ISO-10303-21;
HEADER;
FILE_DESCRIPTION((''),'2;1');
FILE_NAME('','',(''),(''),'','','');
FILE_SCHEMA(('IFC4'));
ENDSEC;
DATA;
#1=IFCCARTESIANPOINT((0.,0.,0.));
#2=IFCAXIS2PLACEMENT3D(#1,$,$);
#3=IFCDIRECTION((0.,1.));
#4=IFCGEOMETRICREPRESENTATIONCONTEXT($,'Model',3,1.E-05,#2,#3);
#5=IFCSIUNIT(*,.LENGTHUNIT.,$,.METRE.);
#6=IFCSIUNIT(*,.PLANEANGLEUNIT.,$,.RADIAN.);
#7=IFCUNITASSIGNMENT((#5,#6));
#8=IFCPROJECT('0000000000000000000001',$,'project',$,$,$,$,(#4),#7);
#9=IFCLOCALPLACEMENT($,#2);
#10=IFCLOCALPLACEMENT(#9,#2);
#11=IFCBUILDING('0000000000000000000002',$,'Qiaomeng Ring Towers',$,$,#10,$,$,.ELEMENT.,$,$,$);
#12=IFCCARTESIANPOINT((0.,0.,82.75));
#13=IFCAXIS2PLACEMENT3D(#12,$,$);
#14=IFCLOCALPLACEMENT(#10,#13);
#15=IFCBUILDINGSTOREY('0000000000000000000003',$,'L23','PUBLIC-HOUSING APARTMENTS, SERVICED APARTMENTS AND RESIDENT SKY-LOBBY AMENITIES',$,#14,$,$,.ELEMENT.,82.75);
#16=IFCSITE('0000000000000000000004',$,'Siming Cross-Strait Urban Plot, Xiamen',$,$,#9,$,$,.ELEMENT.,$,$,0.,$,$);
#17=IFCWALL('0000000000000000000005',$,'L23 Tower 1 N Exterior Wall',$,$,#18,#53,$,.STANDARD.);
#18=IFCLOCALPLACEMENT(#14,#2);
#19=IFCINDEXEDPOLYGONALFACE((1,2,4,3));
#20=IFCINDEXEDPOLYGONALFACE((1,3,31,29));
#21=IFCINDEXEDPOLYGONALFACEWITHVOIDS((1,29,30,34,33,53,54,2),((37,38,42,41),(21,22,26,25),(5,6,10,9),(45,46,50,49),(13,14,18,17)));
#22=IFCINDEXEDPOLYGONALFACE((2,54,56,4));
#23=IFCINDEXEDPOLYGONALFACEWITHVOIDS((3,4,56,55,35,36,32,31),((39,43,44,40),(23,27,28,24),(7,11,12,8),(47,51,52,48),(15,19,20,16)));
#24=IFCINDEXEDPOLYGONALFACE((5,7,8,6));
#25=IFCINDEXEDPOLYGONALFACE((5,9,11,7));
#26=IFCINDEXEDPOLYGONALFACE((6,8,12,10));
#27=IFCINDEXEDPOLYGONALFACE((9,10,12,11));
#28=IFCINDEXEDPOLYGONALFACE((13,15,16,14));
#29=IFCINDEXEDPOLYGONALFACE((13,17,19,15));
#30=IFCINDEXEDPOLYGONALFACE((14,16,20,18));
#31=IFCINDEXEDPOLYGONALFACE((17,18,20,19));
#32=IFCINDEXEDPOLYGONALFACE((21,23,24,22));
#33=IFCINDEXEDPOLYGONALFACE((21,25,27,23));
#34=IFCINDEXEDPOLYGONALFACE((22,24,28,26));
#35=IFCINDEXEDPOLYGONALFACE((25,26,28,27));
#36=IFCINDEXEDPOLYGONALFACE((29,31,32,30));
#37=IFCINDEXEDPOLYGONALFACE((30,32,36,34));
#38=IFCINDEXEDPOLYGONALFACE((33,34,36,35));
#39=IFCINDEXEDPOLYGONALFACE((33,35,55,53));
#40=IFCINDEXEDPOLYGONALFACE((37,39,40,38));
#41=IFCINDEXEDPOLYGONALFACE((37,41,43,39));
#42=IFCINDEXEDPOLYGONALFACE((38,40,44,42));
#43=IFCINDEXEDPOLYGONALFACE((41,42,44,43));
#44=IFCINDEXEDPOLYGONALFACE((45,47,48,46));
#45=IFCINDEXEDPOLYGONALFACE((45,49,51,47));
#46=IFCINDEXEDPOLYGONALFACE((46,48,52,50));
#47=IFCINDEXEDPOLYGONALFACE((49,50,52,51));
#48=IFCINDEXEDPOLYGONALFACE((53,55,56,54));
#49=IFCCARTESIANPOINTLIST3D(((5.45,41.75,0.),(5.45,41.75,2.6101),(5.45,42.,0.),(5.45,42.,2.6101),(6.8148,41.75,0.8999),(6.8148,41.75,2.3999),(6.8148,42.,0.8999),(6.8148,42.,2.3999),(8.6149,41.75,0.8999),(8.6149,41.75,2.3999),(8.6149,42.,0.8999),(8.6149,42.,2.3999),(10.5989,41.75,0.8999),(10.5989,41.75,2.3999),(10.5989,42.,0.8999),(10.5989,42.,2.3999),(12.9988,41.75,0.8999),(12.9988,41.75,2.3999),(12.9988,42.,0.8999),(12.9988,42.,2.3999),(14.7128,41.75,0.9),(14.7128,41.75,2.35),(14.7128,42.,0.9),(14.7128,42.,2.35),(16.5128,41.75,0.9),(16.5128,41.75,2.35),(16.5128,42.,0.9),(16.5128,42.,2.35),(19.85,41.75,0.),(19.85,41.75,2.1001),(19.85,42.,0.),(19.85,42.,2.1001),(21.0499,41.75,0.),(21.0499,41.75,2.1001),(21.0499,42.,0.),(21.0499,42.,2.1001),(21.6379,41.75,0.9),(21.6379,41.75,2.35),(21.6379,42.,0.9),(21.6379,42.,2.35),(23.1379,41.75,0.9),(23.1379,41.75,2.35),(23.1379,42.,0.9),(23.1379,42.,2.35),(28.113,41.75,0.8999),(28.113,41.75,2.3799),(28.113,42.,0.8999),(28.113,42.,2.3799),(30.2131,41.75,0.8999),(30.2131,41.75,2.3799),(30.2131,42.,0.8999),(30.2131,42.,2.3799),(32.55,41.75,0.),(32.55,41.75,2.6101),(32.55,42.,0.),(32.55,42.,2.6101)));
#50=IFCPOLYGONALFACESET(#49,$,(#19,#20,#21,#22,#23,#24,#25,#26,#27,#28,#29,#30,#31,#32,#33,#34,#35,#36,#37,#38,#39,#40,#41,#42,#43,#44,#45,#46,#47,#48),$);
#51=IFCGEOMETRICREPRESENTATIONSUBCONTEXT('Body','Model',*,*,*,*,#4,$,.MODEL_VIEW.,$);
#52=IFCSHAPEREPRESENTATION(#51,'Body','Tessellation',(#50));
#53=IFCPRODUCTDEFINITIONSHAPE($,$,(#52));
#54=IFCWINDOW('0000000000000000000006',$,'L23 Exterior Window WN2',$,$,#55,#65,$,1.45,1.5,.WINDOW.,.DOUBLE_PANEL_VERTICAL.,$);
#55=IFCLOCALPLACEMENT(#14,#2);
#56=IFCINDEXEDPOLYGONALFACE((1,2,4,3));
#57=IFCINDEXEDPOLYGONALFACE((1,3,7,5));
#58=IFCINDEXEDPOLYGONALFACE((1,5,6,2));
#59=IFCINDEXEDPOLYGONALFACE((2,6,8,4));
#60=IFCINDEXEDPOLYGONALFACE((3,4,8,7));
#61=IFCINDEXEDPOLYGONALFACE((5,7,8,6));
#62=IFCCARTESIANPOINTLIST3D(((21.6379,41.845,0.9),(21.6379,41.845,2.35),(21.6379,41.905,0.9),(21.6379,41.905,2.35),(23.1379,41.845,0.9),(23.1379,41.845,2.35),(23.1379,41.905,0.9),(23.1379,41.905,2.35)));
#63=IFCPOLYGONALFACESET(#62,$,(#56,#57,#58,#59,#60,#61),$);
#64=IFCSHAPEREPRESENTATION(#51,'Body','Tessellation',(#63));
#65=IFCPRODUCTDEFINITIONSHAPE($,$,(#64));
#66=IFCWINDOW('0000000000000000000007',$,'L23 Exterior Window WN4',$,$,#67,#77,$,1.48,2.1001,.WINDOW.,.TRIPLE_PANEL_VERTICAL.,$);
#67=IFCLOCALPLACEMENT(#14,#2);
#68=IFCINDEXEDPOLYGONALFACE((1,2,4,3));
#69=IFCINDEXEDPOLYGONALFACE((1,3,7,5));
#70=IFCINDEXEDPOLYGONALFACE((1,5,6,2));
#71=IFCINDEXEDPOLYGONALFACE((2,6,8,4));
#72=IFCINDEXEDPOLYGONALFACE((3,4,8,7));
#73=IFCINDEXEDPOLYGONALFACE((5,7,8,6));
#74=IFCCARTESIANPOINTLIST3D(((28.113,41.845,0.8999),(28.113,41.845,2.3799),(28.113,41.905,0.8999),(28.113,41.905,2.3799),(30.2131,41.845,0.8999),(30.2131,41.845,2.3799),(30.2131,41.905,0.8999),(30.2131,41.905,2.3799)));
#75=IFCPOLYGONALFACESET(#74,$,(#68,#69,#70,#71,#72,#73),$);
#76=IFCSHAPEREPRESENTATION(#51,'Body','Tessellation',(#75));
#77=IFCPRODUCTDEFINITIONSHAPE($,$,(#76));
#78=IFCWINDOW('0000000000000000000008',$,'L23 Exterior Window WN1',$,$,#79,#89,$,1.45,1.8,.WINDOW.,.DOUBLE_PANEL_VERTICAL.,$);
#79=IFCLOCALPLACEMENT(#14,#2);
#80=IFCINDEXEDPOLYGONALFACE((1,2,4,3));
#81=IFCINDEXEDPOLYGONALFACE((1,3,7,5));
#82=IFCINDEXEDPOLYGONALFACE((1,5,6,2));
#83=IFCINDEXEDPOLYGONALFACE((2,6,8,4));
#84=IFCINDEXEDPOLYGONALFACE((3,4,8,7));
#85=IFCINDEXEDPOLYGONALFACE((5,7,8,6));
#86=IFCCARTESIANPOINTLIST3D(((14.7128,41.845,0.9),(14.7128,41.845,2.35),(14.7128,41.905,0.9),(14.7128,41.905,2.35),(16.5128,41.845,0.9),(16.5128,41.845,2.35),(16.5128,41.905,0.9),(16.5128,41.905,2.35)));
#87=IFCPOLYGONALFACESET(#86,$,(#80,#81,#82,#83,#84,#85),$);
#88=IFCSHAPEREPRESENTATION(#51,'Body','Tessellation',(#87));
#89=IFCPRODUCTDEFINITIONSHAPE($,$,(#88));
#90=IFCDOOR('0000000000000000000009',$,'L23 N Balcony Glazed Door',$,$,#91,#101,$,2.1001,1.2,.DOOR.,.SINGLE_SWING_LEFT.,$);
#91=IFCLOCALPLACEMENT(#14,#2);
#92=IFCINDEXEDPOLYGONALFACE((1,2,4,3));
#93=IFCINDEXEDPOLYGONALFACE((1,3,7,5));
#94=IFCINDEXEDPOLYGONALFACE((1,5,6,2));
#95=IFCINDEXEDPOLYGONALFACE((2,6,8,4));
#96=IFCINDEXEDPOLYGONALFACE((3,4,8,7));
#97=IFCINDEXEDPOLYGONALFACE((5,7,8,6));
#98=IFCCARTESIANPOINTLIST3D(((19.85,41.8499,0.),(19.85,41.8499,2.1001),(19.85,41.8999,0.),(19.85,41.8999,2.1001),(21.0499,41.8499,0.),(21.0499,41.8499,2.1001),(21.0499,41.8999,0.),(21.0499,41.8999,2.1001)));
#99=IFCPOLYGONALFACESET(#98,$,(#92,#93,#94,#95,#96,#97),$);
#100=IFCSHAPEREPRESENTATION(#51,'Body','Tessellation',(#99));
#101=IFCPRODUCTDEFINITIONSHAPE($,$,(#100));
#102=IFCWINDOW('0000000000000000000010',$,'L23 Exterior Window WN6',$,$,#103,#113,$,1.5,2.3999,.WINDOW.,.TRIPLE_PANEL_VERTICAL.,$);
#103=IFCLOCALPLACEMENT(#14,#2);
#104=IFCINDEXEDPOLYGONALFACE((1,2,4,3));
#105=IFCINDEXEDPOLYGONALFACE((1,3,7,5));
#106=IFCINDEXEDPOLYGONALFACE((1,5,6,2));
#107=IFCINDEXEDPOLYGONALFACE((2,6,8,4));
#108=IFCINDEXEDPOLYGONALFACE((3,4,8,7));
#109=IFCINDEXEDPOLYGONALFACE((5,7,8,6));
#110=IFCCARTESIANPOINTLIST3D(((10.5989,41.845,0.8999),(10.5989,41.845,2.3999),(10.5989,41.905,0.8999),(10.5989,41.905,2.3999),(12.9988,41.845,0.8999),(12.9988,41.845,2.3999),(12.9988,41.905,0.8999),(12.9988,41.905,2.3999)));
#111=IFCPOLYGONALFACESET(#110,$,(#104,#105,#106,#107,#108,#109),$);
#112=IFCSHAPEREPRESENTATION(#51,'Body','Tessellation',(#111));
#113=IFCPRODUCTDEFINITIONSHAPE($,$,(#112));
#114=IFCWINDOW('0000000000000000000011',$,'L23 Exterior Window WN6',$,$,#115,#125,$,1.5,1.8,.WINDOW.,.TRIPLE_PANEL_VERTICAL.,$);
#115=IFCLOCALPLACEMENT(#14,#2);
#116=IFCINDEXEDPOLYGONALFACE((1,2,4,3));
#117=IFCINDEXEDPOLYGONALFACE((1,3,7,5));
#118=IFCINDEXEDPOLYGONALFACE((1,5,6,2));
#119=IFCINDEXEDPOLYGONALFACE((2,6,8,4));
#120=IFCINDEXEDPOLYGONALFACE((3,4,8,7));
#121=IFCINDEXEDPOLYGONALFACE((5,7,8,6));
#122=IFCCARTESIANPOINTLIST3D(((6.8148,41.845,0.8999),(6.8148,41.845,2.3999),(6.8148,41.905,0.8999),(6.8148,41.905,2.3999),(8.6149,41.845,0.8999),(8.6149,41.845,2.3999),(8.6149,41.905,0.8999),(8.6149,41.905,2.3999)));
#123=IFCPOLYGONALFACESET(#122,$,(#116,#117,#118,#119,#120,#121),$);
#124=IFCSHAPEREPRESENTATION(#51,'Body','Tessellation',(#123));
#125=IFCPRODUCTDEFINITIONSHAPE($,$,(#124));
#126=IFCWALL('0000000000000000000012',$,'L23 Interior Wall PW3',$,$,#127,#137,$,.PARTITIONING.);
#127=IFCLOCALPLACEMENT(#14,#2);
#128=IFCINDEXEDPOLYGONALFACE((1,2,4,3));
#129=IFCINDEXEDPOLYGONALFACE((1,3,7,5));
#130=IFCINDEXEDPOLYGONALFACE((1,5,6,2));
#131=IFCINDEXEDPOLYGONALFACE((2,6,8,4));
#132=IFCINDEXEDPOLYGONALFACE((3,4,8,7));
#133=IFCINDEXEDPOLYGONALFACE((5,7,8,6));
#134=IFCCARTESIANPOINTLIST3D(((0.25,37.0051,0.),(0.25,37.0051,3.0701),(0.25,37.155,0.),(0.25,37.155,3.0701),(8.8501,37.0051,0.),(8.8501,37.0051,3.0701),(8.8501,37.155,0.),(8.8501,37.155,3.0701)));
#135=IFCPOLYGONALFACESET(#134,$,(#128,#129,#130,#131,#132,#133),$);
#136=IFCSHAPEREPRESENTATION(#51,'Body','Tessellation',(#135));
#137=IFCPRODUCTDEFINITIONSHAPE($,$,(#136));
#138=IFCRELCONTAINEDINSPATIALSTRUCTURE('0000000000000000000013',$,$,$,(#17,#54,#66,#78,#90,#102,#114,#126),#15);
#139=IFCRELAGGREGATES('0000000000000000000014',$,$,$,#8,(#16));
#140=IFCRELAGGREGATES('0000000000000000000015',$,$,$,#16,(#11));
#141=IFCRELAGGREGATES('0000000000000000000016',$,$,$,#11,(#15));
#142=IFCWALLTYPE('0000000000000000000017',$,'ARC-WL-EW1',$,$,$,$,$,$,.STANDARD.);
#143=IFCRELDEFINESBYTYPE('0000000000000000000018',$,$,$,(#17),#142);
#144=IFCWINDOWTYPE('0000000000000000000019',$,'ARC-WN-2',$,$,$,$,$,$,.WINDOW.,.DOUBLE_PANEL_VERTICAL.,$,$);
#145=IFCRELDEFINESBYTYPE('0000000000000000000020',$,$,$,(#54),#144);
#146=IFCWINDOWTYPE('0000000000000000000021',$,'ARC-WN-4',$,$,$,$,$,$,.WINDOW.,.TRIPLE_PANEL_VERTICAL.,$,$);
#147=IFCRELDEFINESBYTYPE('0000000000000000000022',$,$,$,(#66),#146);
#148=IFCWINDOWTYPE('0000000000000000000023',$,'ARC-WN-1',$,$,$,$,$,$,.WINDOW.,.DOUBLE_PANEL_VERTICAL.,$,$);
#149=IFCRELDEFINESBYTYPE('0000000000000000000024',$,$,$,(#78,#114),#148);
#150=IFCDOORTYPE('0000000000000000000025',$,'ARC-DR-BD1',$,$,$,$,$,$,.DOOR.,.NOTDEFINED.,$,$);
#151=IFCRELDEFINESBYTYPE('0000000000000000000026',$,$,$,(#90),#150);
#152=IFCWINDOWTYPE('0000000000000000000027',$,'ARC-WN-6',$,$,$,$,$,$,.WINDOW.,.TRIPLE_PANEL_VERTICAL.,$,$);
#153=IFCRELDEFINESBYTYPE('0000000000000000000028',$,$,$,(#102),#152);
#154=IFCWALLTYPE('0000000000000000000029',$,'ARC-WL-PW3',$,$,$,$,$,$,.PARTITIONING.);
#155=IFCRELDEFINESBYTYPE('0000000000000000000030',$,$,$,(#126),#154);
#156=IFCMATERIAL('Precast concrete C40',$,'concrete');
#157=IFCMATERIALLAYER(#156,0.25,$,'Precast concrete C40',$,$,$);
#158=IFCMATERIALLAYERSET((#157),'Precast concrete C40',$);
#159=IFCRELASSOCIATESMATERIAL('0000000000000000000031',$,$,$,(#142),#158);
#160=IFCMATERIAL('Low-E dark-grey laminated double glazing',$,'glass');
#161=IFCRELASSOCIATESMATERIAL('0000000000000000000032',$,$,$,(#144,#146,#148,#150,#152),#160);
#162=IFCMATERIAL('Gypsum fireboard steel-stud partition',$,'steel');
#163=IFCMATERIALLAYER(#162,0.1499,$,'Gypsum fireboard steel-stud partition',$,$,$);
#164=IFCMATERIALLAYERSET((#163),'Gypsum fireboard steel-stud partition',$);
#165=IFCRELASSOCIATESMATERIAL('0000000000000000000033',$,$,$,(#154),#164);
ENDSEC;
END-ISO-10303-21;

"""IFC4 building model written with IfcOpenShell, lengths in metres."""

from ifc_helpers import new_model, si_unit, direction, frame, frame_2d, origin, place, context, subcontext, project, spatial, rectangle, extrude, source, transform, mapped, material, layer, layer_set, type_object, element, fill, save


model = new_model("IFC4")

# Units and contexts
model_context = context("Model", 3, precision=1e-05, world=origin(), true_north=direction((0.0, 1.0)))
body_context = subcontext(model_context, "Body", "Model", "MODEL_VIEW")
ifc_project = project(units=[si_unit("LENGTHUNIT", "METRE"), si_unit("PLANEANGLEUNIT", "RADIAN")], contexts=[model_context])

# Site, building, storey
site_placement = place(None, origin())
site = spatial("IfcSite", under=ifc_project, at=site_placement, Name="Siming Cross-Strait Urban Plot, Xiamen", CompositionType="ELEMENT", RefElevation=0.0)
building_placement = place(site_placement, origin())
building = spatial("IfcBuilding", under=site, at=building_placement, Name="Qiaomeng Ring Towers", CompositionType="ELEMENT")
storey_placement = place(building_placement, frame((0.0, 0.0, 82.75)))
storey = spatial("IfcBuildingStorey", under=building, at=storey_placement, Name="L23", Description="PUBLIC-HOUSING APARTMENTS, SERVICED APARTMENTS AND RESIDENT SKY-LOBBY AMENITIES", CompositionType="ELEMENT", Elevation=82.75)

# Shared definitions
ifc_material_1 = material(Name="Low-E dark-grey laminated double glazing", Category="glass")

# Wall, openings, windows, door
ifc_material_2 = material(Name="Precast concrete C40", Category="concrete")
ifc_layer_1 = layer(ifc_material_2, 0.25, Name="Precast concrete C40")
ifc_layer_set_1 = layer_set([ifc_layer_1], Name="Precast concrete C40")
wall_type_1 = type_object("IfcWallType", Name="ARC-WL-EW1", PredefinedType="STANDARD", material=ifc_layer_set_1)
wall_1_placement = place(storey_placement, frame((5.45, 41.875, 0.0), z_axis=(0.0, 0.0, 1.0), x_axis=(1.0, 0.0, 0.0)))
wall_1 = element("IfcWall", 1, at=wall_1_placement, inside=storey, type_object=wall_type_1, Name="L23 Tower 1 N Exterior Wall", PredefinedType="STANDARD", context=body_context, shape_type="SweptSolid", body=[
    extrude(rectangle(XDim=27.1001, YDim=0.25, at=frame_2d((13.55, 0.0))), origin(), (0.0, 0.0, 1.0), 2.6101),
])
opening_1_placement = place(wall_1_placement, frame((14.3999, 0.0, 0.0)))
opening_1 = element("IfcOpeningElement", 2, at=opening_1_placement, cuts=wall_1, PredefinedType="OPENING", context=body_context, shape_type="SweptSolid", body=[
    extrude(rectangle(XDim=1.2, YDim=2.1001, at=frame_2d((0.6001, 1.05))), frame((0.0, 0.135, 0.0), z_axis=(0.0, -1.0, 0.0), x_axis=(1.0, 0.0, 0.0)), (0.0, 0.0, 1.0), 0.27),
])
opening_2_placement = place(wall_1_placement, frame((1.365, 0.0, 0.8999)))
opening_2 = element("IfcOpeningElement", 3, at=opening_2_placement, cuts=wall_1, PredefinedType="OPENING", context=body_context, shape_type="SweptSolid", body=[
    extrude(rectangle(XDim=1.8, YDim=1.5, at=frame_2d((0.8999, 0.75))), frame((0.0, 0.135, 0.0), z_axis=(0.0, -1.0, 0.0), x_axis=(1.0, 0.0, 0.0)), (0.0, 0.0, 1.0), 0.27),
])
opening_3_placement = place(wall_1_placement, frame((9.2629, 0.0, 0.8999)))
opening_3 = element("IfcOpeningElement", 4, at=opening_3_placement, cuts=wall_1, PredefinedType="OPENING", context=body_context, shape_type="SweptSolid", body=[
    extrude(rectangle(XDim=1.8, YDim=1.45, at=frame_2d((0.8999, 0.7251))), frame((0.0, 0.135, 0.0), z_axis=(0.0, -1.0, 0.0), x_axis=(1.0, 0.0, 0.0)), (0.0, 0.0, 1.0), 0.27),
])
opening_4_placement = place(wall_1_placement, frame((16.188, 0.0, 0.8999)))
opening_4 = element("IfcOpeningElement", 5, at=opening_4_placement, cuts=wall_1, PredefinedType="OPENING", context=body_context, shape_type="SweptSolid", body=[
    extrude(rectangle(XDim=1.5, YDim=1.45, at=frame_2d((0.75, 0.7251))), frame((0.0, 0.135, 0.0), z_axis=(0.0, -1.0, 0.0), x_axis=(1.0, 0.0, 0.0)), (0.0, 0.0, 1.0), 0.27),
])
opening_5_placement = place(wall_1_placement, frame((22.6631, 0.0, 0.8999)))
opening_5 = element("IfcOpeningElement", 6, at=opening_5_placement, cuts=wall_1, PredefinedType="OPENING", context=body_context, shape_type="SweptSolid", body=[
    extrude(rectangle(XDim=2.1001, YDim=1.48, at=frame_2d((1.05, 0.74))), frame((0.0, 0.135, 0.0), z_axis=(0.0, -1.0, 0.0), x_axis=(1.0, 0.0, 0.0)), (0.0, 0.0, 1.0), 0.27),
])
opening_6_placement = place(wall_1_placement, frame((5.1489, 0.0, 0.8999)))
opening_6 = element("IfcOpeningElement", 7, at=opening_6_placement, cuts=wall_1, PredefinedType="OPENING", context=body_context, shape_type="SweptSolid", body=[
    extrude(rectangle(XDim=2.3999, YDim=1.5, at=frame_2d((1.2, 0.75))), frame((0.0, 0.135, 0.0), z_axis=(0.0, -1.0, 0.0), x_axis=(1.0, 0.0, 0.0)), (0.0, 0.0, 1.0), 0.27),
])
window_type_1 = type_object("IfcWindowType", Name="ARC-WN-2", PartitioningType="DOUBLE_PANEL_VERTICAL", PredefinedType="WINDOW", material=ifc_material_1)
shared_shape_1 = source(origin(), body_context, "Body", "SweptSolid", [
    extrude(rectangle(XDim=1.5, YDim=1.45, at=frame_2d((0.75, 0.7251))), frame((0.0, 0.03, 0.0), z_axis=(0.0, -1.0, 0.0), x_axis=(1.0, 0.0, 0.0)), (0.0, 0.0, 1.0), 0.0601),
])
window_1_placement = place(opening_4_placement, origin())
window_1 = element("IfcWindow", 8, at=window_1_placement, inside=storey, type_object=window_type_1, Name="L23 Exterior Window WN2", OverallHeight=1.45, OverallWidth=1.5, PartitioningType="DOUBLE_PANEL_VERTICAL", PredefinedType="WINDOW", context=body_context, shape_type="MappedRepresentation", body=[
    mapped(shared_shape_1, transform((0.0, 0.0, 0.0), x_axis=(1.0, 0.0, 0.0), y_axis=(0.0, 1.0, 0.0), z_axis=(0.0, 0.0, 1.0), scale=1.0)),
])
fill(opening_4, window_1)
window_type_2 = type_object("IfcWindowType", Name="ARC-WN-4", PartitioningType="TRIPLE_PANEL_VERTICAL", PredefinedType="WINDOW", material=ifc_material_1)
shared_shape_2 = source(origin(), body_context, "Body", "SweptSolid", [
    extrude(rectangle(XDim=2.1001, YDim=1.48, at=frame_2d((1.05, 0.74))), frame((0.0, 0.03, 0.0), z_axis=(0.0, -1.0, 0.0), x_axis=(1.0, 0.0, 0.0)), (0.0, 0.0, 1.0), 0.0601),
])
window_2_placement = place(opening_5_placement, origin())
window_2 = element("IfcWindow", 9, at=window_2_placement, inside=storey, type_object=window_type_2, Name="L23 Exterior Window WN4", OverallHeight=1.48, OverallWidth=2.1001, PartitioningType="TRIPLE_PANEL_VERTICAL", PredefinedType="WINDOW", context=body_context, shape_type="MappedRepresentation", body=[
    mapped(shared_shape_2, transform((0.0, 0.0, 0.0), x_axis=(1.0, 0.0, 0.0), y_axis=(0.0, 1.0, 0.0), z_axis=(0.0, 0.0, 1.0), scale=1.0)),
])
fill(opening_5, window_2)
window_type_3 = type_object("IfcWindowType", Name="ARC-WN-1", PartitioningType="DOUBLE_PANEL_VERTICAL", PredefinedType="WINDOW", material=ifc_material_1)
shared_shape_3 = source(origin(), body_context, "Body", "SweptSolid", [
    extrude(rectangle(XDim=1.8, YDim=1.45, at=frame_2d((0.8999, 0.7251))), frame((0.0, 0.03, 0.0), z_axis=(0.0, -1.0, 0.0), x_axis=(1.0, 0.0, 0.0)), (0.0, 0.0, 1.0), 0.0601),
])
window_3_placement = place(opening_3_placement, origin())
window_3 = element("IfcWindow", 10, at=window_3_placement, inside=storey, type_object=window_type_3, Name="L23 Exterior Window WN1", OverallHeight=1.45, OverallWidth=1.8, PartitioningType="DOUBLE_PANEL_VERTICAL", PredefinedType="WINDOW", context=body_context, shape_type="MappedRepresentation", body=[
    mapped(shared_shape_3, transform((0.0, 0.0, 0.0), x_axis=(1.0, 0.0, 0.0), y_axis=(0.0, 1.0, 0.0), z_axis=(0.0, 0.0, 1.0), scale=1.0)),
])
fill(opening_3, window_3)
door_type_1 = type_object("IfcDoorType", Name="ARC-DR-BD1", OperationType="NOTDEFINED", PredefinedType="DOOR", material=ifc_material_1)
shared_shape_4 = source(origin(), body_context, "Body", "SweptSolid", [
    extrude(rectangle(XDim=1.2, YDim=2.1001, at=frame_2d((0.6001, 1.05))), frame((0.0, 0.0249, 0.0), z_axis=(0.0, -1.0, 0.0), x_axis=(1.0, 0.0, 0.0)), (0.0, 0.0, 1.0), 0.05),
])
door_1_placement = place(opening_1_placement, origin())
door_1 = element("IfcDoor", 11, at=door_1_placement, inside=storey, type_object=door_type_1, Name="L23 N Balcony Glazed Door", OperationType="SINGLE_SWING_LEFT", OverallHeight=2.1001, OverallWidth=1.2, PredefinedType="DOOR", context=body_context, shape_type="MappedRepresentation", body=[
    mapped(shared_shape_4, transform((0.0, 0.0, 0.0), x_axis=(1.0, 0.0, 0.0), y_axis=(0.0, 1.0, 0.0), z_axis=(0.0, 0.0, 1.0), scale=1.0)),
])
fill(opening_1, door_1)
window_type_4 = type_object("IfcWindowType", Name="ARC-WN-6", PartitioningType="TRIPLE_PANEL_VERTICAL", PredefinedType="WINDOW", material=ifc_material_1)
shared_shape_5 = source(origin(), body_context, "Body", "SweptSolid", [
    extrude(rectangle(XDim=2.3999, YDim=1.5, at=frame_2d((1.2, 0.75))), frame((0.0, 0.03, 0.0), z_axis=(0.0, -1.0, 0.0), x_axis=(1.0, 0.0, 0.0)), (0.0, 0.0, 1.0), 0.0601),
])
window_4_placement = place(opening_6_placement, origin())
window_4 = element("IfcWindow", 12, at=window_4_placement, inside=storey, type_object=window_type_4, Name="L23 Exterior Window WN6", OverallHeight=1.5, OverallWidth=2.3999, PartitioningType="TRIPLE_PANEL_VERTICAL", PredefinedType="WINDOW", context=body_context, shape_type="MappedRepresentation", body=[
    mapped(shared_shape_5, transform((0.0, 0.0, 0.0), x_axis=(1.0, 0.0, 0.0), y_axis=(0.0, 1.0, 0.0), z_axis=(0.0, 0.0, 1.0), scale=1.0)),
])
fill(opening_6, window_4)
shared_shape_6 = source(origin(), body_context, "Body", "SweptSolid", [
    extrude(rectangle(XDim=1.8, YDim=1.5, at=frame_2d((0.8999, 0.75))), frame((0.0, 0.03, 0.0), z_axis=(0.0, -1.0, 0.0), x_axis=(1.0, 0.0, 0.0)), (0.0, 0.0, 1.0), 0.0601),
])
window_5_placement = place(opening_2_placement, origin())
window_5 = element("IfcWindow", 13, at=window_5_placement, inside=storey, type_object=window_type_3, Name="L23 Exterior Window WN6", OverallHeight=1.5, OverallWidth=1.8, PartitioningType="TRIPLE_PANEL_VERTICAL", PredefinedType="WINDOW", context=body_context, shape_type="MappedRepresentation", body=[
    mapped(shared_shape_6, transform((0.0, 0.0, 0.0), x_axis=(1.0, 0.0, 0.0), y_axis=(0.0, 1.0, 0.0), z_axis=(0.0, 0.0, 1.0), scale=1.0)),
])
fill(opening_2, window_5)

# Wall
ifc_material_3 = material(Name="Gypsum fireboard steel-stud partition", Category="steel")
ifc_layer_2 = layer(ifc_material_3, 0.1499, Name="Gypsum fireboard steel-stud partition")
ifc_layer_set_2 = layer_set([ifc_layer_2], Name="Gypsum fireboard steel-stud partition")
wall_type_2 = type_object("IfcWallType", Name="ARC-WL-PW3", PredefinedType="PARTITIONING", material=ifc_layer_set_2)
wall_2_placement = place(storey_placement, frame((0.25, 37.0801, 0.0), z_axis=(0.0, 0.0, 1.0), x_axis=(1.0, 0.0, 0.0)))
element("IfcWall", 14, at=wall_2_placement, inside=storey, type_object=wall_type_2, Name="L23 Interior Wall PW3", PredefinedType="PARTITIONING", context=body_context, shape_type="SweptSolid", body=[
    extrude(rectangle(XDim=8.6001, YDim=0.1499, at=frame_2d((4.3, 0.0))), origin(), (0.0, 0.0, 1.0), 3.0701),
])

save(model, "model.ifc")
